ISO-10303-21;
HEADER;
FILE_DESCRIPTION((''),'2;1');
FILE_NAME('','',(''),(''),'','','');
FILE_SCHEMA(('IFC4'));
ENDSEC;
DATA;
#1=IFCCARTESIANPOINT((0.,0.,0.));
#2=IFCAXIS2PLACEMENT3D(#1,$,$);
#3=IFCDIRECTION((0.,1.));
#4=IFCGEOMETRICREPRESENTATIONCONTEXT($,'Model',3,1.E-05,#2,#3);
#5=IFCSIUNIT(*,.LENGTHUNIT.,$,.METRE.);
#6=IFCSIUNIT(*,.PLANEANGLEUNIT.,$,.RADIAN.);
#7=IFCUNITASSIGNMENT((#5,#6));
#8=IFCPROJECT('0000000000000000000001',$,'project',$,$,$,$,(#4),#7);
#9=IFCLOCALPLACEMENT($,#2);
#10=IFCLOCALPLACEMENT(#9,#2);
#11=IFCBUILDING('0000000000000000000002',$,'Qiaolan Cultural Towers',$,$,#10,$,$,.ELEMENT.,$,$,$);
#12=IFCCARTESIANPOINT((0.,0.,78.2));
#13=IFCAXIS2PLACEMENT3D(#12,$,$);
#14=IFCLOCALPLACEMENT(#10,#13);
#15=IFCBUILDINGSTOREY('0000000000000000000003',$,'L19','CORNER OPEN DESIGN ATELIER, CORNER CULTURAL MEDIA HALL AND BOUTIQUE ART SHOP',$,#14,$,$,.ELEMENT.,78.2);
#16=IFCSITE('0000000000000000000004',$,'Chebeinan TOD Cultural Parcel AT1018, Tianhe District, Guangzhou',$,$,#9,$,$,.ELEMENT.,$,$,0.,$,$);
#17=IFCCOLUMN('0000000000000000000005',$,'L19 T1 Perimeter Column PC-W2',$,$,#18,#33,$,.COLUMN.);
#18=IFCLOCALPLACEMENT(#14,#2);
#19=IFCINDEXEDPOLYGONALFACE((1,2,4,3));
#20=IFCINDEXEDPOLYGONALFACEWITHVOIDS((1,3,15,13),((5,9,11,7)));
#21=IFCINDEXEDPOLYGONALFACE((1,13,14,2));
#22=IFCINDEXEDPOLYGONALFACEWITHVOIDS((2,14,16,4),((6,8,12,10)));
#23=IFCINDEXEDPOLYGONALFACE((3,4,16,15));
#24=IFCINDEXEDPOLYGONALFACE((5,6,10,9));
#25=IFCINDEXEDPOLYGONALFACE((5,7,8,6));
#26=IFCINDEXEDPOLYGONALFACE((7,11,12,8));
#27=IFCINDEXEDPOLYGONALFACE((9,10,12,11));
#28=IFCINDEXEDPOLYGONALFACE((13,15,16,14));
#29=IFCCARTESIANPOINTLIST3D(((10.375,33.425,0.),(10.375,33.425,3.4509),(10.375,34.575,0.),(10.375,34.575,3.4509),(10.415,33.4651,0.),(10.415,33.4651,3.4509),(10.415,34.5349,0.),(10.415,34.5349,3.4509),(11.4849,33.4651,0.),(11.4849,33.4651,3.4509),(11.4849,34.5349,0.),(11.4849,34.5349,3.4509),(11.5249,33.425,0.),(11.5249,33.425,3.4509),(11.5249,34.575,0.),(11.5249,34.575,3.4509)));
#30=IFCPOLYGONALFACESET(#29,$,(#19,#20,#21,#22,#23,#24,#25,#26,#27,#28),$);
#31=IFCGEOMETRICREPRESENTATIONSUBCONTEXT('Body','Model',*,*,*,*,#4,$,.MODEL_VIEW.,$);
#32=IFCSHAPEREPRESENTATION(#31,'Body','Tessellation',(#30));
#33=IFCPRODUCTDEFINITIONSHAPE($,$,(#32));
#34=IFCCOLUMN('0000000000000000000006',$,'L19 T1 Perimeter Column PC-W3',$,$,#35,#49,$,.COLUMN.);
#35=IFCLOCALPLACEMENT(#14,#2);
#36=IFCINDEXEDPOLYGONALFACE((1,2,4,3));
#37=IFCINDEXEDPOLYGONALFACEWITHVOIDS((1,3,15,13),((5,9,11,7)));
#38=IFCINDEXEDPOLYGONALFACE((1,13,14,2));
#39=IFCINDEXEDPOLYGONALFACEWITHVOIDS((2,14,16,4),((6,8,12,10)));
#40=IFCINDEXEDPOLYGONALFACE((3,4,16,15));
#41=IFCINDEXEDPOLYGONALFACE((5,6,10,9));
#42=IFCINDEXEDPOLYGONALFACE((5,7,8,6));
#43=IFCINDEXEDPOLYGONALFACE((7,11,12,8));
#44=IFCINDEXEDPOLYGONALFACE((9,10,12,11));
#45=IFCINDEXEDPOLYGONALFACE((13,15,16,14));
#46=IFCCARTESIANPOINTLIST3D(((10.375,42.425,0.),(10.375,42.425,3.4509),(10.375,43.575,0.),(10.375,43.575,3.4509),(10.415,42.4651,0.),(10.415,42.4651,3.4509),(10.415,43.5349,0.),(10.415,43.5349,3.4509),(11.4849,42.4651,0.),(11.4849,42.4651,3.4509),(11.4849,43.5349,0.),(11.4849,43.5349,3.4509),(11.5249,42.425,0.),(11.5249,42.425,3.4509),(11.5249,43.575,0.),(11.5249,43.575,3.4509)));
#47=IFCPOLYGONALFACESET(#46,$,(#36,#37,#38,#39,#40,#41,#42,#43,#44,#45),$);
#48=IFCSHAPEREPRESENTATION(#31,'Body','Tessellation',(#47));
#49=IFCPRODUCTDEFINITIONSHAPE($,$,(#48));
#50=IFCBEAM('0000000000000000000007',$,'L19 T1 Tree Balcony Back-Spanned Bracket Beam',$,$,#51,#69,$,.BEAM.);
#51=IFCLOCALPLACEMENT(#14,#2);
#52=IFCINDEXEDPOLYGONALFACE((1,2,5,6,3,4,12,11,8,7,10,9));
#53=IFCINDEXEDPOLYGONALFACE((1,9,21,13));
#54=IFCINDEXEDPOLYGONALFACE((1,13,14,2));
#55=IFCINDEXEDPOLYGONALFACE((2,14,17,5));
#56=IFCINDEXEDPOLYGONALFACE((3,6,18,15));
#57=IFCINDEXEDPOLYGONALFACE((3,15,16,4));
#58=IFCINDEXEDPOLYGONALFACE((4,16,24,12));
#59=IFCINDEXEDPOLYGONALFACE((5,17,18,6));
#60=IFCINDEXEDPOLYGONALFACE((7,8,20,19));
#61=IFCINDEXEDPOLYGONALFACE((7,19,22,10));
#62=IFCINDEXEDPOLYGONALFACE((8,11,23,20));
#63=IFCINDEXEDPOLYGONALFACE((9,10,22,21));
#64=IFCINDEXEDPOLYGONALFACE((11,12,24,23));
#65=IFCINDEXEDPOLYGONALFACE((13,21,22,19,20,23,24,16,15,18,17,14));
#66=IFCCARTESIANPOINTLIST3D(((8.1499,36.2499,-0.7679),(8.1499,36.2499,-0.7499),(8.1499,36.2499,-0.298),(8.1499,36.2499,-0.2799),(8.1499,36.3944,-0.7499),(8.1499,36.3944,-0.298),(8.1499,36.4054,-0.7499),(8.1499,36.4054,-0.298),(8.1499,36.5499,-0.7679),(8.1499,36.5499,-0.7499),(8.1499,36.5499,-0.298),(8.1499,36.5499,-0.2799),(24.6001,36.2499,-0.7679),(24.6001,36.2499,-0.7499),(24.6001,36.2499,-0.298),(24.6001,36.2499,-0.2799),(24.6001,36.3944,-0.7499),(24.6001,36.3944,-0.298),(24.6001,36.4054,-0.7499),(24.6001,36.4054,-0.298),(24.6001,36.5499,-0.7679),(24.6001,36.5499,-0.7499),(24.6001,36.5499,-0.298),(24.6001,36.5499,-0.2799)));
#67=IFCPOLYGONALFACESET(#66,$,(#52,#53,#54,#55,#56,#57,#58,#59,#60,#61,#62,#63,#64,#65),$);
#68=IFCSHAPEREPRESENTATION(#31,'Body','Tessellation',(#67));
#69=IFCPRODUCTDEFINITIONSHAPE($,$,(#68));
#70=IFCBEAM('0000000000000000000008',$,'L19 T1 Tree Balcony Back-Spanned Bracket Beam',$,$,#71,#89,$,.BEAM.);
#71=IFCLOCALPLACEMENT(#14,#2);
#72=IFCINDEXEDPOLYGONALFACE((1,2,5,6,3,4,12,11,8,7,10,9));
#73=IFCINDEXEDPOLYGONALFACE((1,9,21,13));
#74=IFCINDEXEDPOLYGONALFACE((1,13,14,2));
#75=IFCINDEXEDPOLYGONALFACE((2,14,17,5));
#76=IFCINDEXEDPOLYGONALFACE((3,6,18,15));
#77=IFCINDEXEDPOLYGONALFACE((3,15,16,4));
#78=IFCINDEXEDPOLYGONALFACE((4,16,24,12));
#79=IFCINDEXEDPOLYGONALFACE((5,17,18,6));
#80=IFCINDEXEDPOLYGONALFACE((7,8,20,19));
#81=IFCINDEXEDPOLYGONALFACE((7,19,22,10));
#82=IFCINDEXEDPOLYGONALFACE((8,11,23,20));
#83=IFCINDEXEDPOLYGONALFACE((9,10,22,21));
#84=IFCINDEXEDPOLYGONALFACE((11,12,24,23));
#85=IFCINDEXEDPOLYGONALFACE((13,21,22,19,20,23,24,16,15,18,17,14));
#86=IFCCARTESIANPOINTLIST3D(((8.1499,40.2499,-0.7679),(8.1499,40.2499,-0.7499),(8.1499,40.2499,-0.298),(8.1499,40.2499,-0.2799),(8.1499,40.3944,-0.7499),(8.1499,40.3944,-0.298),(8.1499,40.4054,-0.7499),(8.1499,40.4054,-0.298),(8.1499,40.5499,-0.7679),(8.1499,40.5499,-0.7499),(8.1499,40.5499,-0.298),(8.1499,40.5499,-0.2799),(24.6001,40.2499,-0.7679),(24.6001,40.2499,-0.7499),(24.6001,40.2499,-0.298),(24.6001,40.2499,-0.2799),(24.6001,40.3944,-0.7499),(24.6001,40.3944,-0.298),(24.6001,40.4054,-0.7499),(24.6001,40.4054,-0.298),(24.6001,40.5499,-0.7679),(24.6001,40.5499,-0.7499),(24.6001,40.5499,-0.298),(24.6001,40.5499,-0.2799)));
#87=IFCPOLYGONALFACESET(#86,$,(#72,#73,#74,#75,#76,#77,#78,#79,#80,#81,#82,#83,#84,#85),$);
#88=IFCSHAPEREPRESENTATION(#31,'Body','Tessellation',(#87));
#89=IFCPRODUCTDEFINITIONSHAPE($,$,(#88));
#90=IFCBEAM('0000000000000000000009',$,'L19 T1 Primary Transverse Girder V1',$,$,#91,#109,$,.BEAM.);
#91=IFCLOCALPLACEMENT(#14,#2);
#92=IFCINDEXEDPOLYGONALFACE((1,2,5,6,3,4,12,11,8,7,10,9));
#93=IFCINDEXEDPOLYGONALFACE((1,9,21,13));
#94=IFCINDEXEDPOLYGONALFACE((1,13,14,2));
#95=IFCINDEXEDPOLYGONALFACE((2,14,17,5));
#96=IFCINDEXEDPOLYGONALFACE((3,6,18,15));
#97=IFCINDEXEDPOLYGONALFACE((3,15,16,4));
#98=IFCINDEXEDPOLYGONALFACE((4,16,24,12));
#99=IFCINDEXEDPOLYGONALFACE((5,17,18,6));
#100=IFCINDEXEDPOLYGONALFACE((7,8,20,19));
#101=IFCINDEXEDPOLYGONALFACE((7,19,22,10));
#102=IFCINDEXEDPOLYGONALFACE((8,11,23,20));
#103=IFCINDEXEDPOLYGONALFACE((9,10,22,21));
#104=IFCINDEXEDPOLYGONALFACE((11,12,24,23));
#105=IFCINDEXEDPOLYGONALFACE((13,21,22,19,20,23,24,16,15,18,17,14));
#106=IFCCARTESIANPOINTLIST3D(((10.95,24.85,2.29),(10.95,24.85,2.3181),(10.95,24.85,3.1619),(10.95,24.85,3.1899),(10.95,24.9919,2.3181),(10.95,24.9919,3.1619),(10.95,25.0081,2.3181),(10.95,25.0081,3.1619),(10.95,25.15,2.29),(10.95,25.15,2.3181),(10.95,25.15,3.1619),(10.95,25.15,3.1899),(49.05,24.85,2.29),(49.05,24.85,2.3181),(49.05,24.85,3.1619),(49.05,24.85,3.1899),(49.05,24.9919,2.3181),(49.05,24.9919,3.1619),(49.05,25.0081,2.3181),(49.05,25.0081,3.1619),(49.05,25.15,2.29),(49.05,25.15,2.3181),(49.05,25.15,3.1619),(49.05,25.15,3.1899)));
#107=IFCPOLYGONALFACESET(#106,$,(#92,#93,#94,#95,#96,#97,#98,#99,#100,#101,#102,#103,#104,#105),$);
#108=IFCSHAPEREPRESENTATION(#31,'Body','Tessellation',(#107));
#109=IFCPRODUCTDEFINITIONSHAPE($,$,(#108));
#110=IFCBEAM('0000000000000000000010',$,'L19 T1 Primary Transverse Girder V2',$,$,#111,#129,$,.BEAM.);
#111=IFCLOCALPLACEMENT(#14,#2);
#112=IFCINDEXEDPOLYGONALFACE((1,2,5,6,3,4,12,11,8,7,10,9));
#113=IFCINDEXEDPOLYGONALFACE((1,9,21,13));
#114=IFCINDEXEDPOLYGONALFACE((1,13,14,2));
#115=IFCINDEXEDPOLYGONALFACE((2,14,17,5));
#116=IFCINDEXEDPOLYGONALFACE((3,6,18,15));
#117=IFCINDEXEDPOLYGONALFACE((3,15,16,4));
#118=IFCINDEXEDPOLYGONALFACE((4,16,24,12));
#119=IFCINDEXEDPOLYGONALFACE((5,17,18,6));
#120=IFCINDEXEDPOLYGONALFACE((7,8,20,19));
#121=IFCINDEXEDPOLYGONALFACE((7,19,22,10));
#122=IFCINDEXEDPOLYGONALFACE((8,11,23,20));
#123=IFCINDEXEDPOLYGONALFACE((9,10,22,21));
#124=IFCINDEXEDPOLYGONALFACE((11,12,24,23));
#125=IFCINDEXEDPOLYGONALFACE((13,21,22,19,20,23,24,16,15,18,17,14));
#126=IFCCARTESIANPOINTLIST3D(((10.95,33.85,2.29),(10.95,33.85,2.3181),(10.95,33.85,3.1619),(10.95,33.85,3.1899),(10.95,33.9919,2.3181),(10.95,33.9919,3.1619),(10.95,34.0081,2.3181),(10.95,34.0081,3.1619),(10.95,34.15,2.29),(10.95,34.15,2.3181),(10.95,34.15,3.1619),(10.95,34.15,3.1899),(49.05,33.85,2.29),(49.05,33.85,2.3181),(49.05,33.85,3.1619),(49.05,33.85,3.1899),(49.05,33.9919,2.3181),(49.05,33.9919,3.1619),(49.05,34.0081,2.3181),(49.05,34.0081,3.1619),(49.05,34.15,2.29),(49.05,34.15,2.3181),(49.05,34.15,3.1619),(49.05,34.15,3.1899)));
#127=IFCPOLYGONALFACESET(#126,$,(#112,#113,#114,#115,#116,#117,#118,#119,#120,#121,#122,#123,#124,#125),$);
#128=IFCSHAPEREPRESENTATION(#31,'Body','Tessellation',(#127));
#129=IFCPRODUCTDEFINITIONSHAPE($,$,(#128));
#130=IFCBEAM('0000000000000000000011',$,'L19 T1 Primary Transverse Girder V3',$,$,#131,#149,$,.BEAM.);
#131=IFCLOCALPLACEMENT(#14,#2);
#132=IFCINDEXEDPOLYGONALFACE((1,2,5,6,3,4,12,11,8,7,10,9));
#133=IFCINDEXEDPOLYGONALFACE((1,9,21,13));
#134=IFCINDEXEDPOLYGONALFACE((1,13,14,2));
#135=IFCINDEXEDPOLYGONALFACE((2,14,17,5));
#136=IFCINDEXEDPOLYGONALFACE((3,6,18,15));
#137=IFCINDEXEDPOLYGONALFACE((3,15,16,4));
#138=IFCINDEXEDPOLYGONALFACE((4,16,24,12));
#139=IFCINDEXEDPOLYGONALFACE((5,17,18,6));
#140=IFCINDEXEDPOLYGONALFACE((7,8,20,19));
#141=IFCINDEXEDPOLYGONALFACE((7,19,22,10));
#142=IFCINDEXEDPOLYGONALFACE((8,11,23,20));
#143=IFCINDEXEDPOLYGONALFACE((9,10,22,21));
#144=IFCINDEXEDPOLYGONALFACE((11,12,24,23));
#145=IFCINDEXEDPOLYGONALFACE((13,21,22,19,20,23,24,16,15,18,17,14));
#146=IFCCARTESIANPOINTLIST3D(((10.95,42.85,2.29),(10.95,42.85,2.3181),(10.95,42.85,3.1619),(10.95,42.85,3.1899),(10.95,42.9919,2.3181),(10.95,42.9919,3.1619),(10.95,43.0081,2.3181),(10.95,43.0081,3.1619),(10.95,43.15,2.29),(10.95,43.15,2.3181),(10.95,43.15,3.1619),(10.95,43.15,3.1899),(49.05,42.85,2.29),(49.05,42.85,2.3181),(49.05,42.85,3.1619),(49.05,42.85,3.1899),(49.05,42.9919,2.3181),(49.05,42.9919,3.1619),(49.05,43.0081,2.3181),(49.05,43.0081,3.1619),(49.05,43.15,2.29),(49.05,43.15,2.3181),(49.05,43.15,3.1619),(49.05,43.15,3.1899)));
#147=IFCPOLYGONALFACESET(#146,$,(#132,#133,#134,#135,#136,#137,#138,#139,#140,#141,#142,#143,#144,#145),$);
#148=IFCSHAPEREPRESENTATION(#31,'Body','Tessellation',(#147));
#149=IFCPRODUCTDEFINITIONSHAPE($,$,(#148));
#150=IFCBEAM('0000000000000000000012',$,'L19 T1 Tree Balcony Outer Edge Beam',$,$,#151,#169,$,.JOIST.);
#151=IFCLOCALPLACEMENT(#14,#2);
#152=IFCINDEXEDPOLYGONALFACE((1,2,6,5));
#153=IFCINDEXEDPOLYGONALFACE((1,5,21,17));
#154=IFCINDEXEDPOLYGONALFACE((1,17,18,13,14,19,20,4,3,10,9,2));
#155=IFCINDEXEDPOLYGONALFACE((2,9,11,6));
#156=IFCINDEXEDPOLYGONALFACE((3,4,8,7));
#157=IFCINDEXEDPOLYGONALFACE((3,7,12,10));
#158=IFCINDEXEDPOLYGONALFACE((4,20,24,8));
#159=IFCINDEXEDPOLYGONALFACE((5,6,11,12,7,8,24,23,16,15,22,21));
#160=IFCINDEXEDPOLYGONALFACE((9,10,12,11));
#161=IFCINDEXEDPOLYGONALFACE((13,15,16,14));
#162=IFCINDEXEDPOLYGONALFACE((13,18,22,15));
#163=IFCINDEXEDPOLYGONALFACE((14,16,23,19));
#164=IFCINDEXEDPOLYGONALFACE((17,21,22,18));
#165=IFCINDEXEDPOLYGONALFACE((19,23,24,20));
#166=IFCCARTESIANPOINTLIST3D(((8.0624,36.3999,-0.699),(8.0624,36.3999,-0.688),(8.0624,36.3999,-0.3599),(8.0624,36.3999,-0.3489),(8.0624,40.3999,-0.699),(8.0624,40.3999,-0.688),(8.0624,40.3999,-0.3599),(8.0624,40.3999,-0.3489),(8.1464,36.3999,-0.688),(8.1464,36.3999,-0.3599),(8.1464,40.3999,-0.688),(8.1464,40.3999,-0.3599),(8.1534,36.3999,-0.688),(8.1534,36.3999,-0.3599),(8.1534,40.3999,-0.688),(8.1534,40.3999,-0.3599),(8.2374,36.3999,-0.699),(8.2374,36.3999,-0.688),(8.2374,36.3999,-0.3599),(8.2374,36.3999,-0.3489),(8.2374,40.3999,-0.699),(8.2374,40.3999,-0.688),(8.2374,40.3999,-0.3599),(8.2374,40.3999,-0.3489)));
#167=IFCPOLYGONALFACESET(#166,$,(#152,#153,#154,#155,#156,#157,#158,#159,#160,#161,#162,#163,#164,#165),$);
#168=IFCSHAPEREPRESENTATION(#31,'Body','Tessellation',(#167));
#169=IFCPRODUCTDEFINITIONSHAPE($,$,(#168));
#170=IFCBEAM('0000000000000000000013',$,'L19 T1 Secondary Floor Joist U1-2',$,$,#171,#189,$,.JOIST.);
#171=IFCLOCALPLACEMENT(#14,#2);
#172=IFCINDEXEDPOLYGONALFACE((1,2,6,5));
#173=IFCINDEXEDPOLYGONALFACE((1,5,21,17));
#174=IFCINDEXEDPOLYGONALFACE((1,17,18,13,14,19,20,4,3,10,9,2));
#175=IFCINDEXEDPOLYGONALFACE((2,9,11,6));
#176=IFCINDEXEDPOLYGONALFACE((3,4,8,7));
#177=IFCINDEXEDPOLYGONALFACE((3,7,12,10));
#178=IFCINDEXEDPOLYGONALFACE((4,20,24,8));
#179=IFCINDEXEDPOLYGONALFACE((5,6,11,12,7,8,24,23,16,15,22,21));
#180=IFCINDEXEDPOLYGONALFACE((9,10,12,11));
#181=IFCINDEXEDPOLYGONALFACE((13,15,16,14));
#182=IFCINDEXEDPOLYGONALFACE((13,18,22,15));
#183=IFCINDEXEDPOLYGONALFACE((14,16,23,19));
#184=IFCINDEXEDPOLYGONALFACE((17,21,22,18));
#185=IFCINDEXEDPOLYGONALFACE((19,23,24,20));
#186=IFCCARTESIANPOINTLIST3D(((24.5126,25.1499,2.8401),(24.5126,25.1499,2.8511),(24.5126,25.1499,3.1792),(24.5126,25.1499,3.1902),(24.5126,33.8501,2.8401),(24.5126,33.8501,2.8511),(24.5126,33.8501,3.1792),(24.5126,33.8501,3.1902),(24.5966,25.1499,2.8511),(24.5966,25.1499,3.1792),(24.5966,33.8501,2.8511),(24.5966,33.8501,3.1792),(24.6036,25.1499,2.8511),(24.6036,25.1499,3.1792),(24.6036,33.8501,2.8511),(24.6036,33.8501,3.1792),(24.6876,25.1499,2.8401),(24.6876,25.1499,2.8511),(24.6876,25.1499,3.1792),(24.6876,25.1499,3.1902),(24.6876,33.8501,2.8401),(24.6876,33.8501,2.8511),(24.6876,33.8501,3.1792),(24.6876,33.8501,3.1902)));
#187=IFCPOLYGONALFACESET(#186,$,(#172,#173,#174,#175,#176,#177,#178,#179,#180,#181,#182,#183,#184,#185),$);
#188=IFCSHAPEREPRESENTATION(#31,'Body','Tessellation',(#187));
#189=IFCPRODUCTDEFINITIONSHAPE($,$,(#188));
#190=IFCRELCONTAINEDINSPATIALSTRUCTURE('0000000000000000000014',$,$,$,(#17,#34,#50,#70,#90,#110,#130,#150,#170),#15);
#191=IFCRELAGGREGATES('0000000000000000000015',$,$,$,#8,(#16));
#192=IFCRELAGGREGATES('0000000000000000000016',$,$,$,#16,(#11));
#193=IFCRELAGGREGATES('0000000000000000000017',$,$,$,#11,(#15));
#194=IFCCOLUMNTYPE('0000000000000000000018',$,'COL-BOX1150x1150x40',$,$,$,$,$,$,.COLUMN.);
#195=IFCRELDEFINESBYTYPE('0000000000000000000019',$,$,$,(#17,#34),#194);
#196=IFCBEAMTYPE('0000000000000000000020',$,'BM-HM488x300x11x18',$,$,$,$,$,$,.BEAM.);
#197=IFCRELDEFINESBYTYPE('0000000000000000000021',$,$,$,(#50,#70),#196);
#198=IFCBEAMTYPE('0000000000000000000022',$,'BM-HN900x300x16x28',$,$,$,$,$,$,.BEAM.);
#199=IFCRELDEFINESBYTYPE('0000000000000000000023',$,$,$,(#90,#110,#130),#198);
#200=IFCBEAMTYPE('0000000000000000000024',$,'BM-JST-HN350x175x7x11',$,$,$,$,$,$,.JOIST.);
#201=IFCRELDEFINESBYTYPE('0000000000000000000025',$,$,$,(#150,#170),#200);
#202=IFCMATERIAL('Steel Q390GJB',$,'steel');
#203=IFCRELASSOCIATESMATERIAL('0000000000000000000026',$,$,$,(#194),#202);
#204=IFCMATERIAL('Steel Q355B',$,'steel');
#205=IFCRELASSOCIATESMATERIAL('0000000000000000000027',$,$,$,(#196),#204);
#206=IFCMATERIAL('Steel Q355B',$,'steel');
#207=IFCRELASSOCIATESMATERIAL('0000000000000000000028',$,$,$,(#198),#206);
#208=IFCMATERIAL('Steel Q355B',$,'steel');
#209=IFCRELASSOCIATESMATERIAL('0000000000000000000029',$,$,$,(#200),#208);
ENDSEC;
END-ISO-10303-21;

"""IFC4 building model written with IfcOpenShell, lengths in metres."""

from ifc_helpers import new_model, si_unit, direction, frame, origin, origin_2d, place, context, subcontext, project, spatial, hollow_rectangle, i_section, extrude, material, material_profile, profile_set, type_object, element, save


model = new_model("IFC4")

# Units and contexts
model_context = context("Model", 3, precision=1e-05, world=origin(), true_north=direction((0.0, 1.0)))
body_context = subcontext(model_context, "Body", "Model", "MODEL_VIEW")
ifc_project = project(units=[si_unit("LENGTHUNIT", "METRE"), si_unit("PLANEANGLEUNIT", "RADIAN")], contexts=[model_context])

# Site, building, storey
site_placement = place(None, origin())
site = spatial("IfcSite", under=ifc_project, at=site_placement, Name="Chebeinan TOD Cultural Parcel AT1018, Tianhe District, Guangzhou", CompositionType="ELEMENT", RefElevation=0.0)
building_placement = place(site_placement, origin())
building = spatial("IfcBuilding", under=site, at=building_placement, Name="Qiaolan Cultural Towers", CompositionType="ELEMENT")
storey_placement = place(building_placement, frame((0.0, 0.0, 78.2)))
storey = spatial("IfcBuildingStorey", under=building, at=storey_placement, Name="L19", Description="CORNER OPEN DESIGN ATELIER, CORNER CULTURAL MEDIA HALL AND BOUTIQUE ART SHOP", CompositionType="ELEMENT", Elevation=78.2)

# Columns
ifc_material_1 = material(Name="Steel Q390GJB", Category="steel")
ifc_material_profile_1 = material_profile(ifc_material_1, hollow_rectangle(XDim=1.1499, YDim=1.1499, WallThickness=0.04, at=origin_2d()), Name="BOX1150x1150x40")
ifc_profile_set_1 = profile_set([ifc_material_profile_1], Name="Steel Q390GJB")
column_type = type_object("IfcColumnType", Name="COL-BOX1150x1150x40", PredefinedType="COLUMN", material=ifc_profile_set_1)
for number, where, z_axis, x_axis, name in (
    (1, (10.95, 34.0, 0.0), (0.0, 0.0, 1.0), (1.0, 0.0, 0.0), "L19 T1 Perimeter Column PC-W2"),
    (2, (10.95, 43.0, 0.0), (0.0, 0.0, 1.0), (1.0, 0.0, 0.0), "L19 T1 Perimeter Column PC-W3"),
):
    element("IfcColumn", number, at=place(storey_placement, frame(where, z_axis=z_axis, x_axis=x_axis)), inside=storey, type_object=column_type, Name=name, PredefinedType="COLUMN", context=body_context, shape_type="SweptSolid", body=[
        extrude(hollow_rectangle(XDim=1.1499, YDim=1.1499, WallThickness=0.04, at=origin_2d()), origin(), (0.0, 0.0, 1.0), 3.4509),
    ])

# Beams
ifc_material_2 = material(Name="Steel Q355B", Category="steel")
ifc_material_profile_2 = material_profile(ifc_material_2, i_section(OverallWidth=0.3, OverallDepth=0.488, WebThickness=0.011, FlangeThickness=0.0181, at=origin_2d()), Name="HM488x300x11x18")
ifc_profile_set_2 = profile_set([ifc_material_profile_2], Name="Steel Q355B")
beam_type_1 = type_object("IfcBeamType", Name="BM-HM488x300x11x18", PredefinedType="BEAM", material=ifc_profile_set_2)
for number, where, z_axis, x_axis, name in (
    (3, (24.6001, 36.3999, -0.5239), (-1.0, 0.0, 0.0), (0.0, -1.0, 0.0), "L19 T1 Tree Balcony Back-Spanned Bracket Beam"),
    (4, (24.6001, 40.3999, -0.5239), (-1.0, 0.0, 0.0), (0.0, -1.0, 0.0), "L19 T1 Tree Balcony Back-Spanned Bracket Beam"),
):
    element("IfcBeam", number, at=place(storey_placement, frame(where, z_axis=z_axis, x_axis=x_axis)), inside=storey, type_object=beam_type_1, Name=name, PredefinedType="BEAM", context=body_context, shape_type="SweptSolid", body=[
        extrude(i_section(OverallWidth=0.3, OverallDepth=0.488, WebThickness=0.011, FlangeThickness=0.0181, at=origin_2d()), origin(), (0.0, 0.0, 1.0), 16.4502),
    ])
ifc_material_3 = material(Name="Steel Q355B", Category="steel")
ifc_material_profile_3 = material_profile(ifc_material_3, i_section(OverallWidth=0.3, OverallDepth=0.8999, WebThickness=0.0161, FlangeThickness=0.0281, at=origin_2d()), Name="HN900x300x16x28")
ifc_profile_set_3 = profile_set([ifc_material_profile_3], Name="Steel Q355B")
beam_type_2 = type_object("IfcBeamType", Name="BM-HN900x300x16x28", PredefinedType="BEAM", material=ifc_profile_set_3)
for number, where, z_axis, x_axis, name in (
    (5, (10.95, 25.0, 2.74), (1.0, 0.0, 0.0), (0.0, 1.0, 0.0), "L19 T1 Primary Transverse Girder V1"),
    (6, (10.95, 34.0, 2.74), (1.0, 0.0, 0.0), (0.0, 1.0, 0.0), "L19 T1 Primary Transverse Girder V2"),
    (7, (10.95, 43.0, 2.74), (1.0, 0.0, 0.0), (0.0, 1.0, 0.0), "L19 T1 Primary Transverse Girder V3"),
):
    element("IfcBeam", number, at=place(storey_placement, frame(where, z_axis=z_axis, x_axis=x_axis)), inside=storey, type_object=beam_type_2, Name=name, PredefinedType="BEAM", context=body_context, shape_type="SweptSolid", body=[
        extrude(i_section(OverallWidth=0.3, OverallDepth=0.8999, WebThickness=0.0161, FlangeThickness=0.0281, at=origin_2d()), origin(), (0.0, 0.0, 1.0), 38.1001),
    ])
ifc_material_4 = material(Name="Steel Q355B", Category="steel")
ifc_material_profile_4 = material_profile(ifc_material_4, i_section(OverallWidth=0.175, OverallDepth=0.3501, WebThickness=0.0071, FlangeThickness=0.011, at=origin_2d()), Name="HN350x175x7x11")
ifc_profile_set_4 = profile_set([ifc_material_profile_4], Name="Steel Q355B")
beam_type_3 = type_object("IfcBeamType", Name="BM-JST-HN350x175x7x11", PredefinedType="JOIST", material=ifc_profile_set_4)
beam_1_placement = place(storey_placement, frame((8.1499, 36.3999, -0.5239), z_axis=(0.0, 1.0, 0.0), x_axis=(-1.0, 0.0, 0.0)))
element("IfcBeam", 8, at=beam_1_placement, inside=storey, type_object=beam_type_3, Name="L19 T1 Tree Balcony Outer Edge Beam", PredefinedType="JOIST", context=body_context, shape_type="SweptSolid", body=[
    extrude(i_section(OverallWidth=0.175, OverallDepth=0.3501, WebThickness=0.0071, FlangeThickness=0.011, at=origin_2d()), origin(), (0.0, 0.0, 1.0), 4.0),
])
for number, where, z_axis, x_axis, name in (
    (9, (24.6001, 25.1499, 3.0151), (0.0, 1.0, 0.0), (-1.0, 0.0, 0.0), "L19 T1 Secondary Floor Joist U1-2"),
):
    element("IfcBeam", number, at=place(storey_placement, frame(where, z_axis=z_axis, x_axis=x_axis)), inside=storey, type_object=beam_type_3, Name=name, PredefinedType="JOIST", context=body_context, shape_type="SweptSolid", body=[
        extrude(i_section(OverallWidth=0.175, OverallDepth=0.3501, WebThickness=0.0071, FlangeThickness=0.011, at=origin_2d()), origin(), (0.0, 0.0, 1.0), 8.7002),
    ])

save(model, "model.ifc")
